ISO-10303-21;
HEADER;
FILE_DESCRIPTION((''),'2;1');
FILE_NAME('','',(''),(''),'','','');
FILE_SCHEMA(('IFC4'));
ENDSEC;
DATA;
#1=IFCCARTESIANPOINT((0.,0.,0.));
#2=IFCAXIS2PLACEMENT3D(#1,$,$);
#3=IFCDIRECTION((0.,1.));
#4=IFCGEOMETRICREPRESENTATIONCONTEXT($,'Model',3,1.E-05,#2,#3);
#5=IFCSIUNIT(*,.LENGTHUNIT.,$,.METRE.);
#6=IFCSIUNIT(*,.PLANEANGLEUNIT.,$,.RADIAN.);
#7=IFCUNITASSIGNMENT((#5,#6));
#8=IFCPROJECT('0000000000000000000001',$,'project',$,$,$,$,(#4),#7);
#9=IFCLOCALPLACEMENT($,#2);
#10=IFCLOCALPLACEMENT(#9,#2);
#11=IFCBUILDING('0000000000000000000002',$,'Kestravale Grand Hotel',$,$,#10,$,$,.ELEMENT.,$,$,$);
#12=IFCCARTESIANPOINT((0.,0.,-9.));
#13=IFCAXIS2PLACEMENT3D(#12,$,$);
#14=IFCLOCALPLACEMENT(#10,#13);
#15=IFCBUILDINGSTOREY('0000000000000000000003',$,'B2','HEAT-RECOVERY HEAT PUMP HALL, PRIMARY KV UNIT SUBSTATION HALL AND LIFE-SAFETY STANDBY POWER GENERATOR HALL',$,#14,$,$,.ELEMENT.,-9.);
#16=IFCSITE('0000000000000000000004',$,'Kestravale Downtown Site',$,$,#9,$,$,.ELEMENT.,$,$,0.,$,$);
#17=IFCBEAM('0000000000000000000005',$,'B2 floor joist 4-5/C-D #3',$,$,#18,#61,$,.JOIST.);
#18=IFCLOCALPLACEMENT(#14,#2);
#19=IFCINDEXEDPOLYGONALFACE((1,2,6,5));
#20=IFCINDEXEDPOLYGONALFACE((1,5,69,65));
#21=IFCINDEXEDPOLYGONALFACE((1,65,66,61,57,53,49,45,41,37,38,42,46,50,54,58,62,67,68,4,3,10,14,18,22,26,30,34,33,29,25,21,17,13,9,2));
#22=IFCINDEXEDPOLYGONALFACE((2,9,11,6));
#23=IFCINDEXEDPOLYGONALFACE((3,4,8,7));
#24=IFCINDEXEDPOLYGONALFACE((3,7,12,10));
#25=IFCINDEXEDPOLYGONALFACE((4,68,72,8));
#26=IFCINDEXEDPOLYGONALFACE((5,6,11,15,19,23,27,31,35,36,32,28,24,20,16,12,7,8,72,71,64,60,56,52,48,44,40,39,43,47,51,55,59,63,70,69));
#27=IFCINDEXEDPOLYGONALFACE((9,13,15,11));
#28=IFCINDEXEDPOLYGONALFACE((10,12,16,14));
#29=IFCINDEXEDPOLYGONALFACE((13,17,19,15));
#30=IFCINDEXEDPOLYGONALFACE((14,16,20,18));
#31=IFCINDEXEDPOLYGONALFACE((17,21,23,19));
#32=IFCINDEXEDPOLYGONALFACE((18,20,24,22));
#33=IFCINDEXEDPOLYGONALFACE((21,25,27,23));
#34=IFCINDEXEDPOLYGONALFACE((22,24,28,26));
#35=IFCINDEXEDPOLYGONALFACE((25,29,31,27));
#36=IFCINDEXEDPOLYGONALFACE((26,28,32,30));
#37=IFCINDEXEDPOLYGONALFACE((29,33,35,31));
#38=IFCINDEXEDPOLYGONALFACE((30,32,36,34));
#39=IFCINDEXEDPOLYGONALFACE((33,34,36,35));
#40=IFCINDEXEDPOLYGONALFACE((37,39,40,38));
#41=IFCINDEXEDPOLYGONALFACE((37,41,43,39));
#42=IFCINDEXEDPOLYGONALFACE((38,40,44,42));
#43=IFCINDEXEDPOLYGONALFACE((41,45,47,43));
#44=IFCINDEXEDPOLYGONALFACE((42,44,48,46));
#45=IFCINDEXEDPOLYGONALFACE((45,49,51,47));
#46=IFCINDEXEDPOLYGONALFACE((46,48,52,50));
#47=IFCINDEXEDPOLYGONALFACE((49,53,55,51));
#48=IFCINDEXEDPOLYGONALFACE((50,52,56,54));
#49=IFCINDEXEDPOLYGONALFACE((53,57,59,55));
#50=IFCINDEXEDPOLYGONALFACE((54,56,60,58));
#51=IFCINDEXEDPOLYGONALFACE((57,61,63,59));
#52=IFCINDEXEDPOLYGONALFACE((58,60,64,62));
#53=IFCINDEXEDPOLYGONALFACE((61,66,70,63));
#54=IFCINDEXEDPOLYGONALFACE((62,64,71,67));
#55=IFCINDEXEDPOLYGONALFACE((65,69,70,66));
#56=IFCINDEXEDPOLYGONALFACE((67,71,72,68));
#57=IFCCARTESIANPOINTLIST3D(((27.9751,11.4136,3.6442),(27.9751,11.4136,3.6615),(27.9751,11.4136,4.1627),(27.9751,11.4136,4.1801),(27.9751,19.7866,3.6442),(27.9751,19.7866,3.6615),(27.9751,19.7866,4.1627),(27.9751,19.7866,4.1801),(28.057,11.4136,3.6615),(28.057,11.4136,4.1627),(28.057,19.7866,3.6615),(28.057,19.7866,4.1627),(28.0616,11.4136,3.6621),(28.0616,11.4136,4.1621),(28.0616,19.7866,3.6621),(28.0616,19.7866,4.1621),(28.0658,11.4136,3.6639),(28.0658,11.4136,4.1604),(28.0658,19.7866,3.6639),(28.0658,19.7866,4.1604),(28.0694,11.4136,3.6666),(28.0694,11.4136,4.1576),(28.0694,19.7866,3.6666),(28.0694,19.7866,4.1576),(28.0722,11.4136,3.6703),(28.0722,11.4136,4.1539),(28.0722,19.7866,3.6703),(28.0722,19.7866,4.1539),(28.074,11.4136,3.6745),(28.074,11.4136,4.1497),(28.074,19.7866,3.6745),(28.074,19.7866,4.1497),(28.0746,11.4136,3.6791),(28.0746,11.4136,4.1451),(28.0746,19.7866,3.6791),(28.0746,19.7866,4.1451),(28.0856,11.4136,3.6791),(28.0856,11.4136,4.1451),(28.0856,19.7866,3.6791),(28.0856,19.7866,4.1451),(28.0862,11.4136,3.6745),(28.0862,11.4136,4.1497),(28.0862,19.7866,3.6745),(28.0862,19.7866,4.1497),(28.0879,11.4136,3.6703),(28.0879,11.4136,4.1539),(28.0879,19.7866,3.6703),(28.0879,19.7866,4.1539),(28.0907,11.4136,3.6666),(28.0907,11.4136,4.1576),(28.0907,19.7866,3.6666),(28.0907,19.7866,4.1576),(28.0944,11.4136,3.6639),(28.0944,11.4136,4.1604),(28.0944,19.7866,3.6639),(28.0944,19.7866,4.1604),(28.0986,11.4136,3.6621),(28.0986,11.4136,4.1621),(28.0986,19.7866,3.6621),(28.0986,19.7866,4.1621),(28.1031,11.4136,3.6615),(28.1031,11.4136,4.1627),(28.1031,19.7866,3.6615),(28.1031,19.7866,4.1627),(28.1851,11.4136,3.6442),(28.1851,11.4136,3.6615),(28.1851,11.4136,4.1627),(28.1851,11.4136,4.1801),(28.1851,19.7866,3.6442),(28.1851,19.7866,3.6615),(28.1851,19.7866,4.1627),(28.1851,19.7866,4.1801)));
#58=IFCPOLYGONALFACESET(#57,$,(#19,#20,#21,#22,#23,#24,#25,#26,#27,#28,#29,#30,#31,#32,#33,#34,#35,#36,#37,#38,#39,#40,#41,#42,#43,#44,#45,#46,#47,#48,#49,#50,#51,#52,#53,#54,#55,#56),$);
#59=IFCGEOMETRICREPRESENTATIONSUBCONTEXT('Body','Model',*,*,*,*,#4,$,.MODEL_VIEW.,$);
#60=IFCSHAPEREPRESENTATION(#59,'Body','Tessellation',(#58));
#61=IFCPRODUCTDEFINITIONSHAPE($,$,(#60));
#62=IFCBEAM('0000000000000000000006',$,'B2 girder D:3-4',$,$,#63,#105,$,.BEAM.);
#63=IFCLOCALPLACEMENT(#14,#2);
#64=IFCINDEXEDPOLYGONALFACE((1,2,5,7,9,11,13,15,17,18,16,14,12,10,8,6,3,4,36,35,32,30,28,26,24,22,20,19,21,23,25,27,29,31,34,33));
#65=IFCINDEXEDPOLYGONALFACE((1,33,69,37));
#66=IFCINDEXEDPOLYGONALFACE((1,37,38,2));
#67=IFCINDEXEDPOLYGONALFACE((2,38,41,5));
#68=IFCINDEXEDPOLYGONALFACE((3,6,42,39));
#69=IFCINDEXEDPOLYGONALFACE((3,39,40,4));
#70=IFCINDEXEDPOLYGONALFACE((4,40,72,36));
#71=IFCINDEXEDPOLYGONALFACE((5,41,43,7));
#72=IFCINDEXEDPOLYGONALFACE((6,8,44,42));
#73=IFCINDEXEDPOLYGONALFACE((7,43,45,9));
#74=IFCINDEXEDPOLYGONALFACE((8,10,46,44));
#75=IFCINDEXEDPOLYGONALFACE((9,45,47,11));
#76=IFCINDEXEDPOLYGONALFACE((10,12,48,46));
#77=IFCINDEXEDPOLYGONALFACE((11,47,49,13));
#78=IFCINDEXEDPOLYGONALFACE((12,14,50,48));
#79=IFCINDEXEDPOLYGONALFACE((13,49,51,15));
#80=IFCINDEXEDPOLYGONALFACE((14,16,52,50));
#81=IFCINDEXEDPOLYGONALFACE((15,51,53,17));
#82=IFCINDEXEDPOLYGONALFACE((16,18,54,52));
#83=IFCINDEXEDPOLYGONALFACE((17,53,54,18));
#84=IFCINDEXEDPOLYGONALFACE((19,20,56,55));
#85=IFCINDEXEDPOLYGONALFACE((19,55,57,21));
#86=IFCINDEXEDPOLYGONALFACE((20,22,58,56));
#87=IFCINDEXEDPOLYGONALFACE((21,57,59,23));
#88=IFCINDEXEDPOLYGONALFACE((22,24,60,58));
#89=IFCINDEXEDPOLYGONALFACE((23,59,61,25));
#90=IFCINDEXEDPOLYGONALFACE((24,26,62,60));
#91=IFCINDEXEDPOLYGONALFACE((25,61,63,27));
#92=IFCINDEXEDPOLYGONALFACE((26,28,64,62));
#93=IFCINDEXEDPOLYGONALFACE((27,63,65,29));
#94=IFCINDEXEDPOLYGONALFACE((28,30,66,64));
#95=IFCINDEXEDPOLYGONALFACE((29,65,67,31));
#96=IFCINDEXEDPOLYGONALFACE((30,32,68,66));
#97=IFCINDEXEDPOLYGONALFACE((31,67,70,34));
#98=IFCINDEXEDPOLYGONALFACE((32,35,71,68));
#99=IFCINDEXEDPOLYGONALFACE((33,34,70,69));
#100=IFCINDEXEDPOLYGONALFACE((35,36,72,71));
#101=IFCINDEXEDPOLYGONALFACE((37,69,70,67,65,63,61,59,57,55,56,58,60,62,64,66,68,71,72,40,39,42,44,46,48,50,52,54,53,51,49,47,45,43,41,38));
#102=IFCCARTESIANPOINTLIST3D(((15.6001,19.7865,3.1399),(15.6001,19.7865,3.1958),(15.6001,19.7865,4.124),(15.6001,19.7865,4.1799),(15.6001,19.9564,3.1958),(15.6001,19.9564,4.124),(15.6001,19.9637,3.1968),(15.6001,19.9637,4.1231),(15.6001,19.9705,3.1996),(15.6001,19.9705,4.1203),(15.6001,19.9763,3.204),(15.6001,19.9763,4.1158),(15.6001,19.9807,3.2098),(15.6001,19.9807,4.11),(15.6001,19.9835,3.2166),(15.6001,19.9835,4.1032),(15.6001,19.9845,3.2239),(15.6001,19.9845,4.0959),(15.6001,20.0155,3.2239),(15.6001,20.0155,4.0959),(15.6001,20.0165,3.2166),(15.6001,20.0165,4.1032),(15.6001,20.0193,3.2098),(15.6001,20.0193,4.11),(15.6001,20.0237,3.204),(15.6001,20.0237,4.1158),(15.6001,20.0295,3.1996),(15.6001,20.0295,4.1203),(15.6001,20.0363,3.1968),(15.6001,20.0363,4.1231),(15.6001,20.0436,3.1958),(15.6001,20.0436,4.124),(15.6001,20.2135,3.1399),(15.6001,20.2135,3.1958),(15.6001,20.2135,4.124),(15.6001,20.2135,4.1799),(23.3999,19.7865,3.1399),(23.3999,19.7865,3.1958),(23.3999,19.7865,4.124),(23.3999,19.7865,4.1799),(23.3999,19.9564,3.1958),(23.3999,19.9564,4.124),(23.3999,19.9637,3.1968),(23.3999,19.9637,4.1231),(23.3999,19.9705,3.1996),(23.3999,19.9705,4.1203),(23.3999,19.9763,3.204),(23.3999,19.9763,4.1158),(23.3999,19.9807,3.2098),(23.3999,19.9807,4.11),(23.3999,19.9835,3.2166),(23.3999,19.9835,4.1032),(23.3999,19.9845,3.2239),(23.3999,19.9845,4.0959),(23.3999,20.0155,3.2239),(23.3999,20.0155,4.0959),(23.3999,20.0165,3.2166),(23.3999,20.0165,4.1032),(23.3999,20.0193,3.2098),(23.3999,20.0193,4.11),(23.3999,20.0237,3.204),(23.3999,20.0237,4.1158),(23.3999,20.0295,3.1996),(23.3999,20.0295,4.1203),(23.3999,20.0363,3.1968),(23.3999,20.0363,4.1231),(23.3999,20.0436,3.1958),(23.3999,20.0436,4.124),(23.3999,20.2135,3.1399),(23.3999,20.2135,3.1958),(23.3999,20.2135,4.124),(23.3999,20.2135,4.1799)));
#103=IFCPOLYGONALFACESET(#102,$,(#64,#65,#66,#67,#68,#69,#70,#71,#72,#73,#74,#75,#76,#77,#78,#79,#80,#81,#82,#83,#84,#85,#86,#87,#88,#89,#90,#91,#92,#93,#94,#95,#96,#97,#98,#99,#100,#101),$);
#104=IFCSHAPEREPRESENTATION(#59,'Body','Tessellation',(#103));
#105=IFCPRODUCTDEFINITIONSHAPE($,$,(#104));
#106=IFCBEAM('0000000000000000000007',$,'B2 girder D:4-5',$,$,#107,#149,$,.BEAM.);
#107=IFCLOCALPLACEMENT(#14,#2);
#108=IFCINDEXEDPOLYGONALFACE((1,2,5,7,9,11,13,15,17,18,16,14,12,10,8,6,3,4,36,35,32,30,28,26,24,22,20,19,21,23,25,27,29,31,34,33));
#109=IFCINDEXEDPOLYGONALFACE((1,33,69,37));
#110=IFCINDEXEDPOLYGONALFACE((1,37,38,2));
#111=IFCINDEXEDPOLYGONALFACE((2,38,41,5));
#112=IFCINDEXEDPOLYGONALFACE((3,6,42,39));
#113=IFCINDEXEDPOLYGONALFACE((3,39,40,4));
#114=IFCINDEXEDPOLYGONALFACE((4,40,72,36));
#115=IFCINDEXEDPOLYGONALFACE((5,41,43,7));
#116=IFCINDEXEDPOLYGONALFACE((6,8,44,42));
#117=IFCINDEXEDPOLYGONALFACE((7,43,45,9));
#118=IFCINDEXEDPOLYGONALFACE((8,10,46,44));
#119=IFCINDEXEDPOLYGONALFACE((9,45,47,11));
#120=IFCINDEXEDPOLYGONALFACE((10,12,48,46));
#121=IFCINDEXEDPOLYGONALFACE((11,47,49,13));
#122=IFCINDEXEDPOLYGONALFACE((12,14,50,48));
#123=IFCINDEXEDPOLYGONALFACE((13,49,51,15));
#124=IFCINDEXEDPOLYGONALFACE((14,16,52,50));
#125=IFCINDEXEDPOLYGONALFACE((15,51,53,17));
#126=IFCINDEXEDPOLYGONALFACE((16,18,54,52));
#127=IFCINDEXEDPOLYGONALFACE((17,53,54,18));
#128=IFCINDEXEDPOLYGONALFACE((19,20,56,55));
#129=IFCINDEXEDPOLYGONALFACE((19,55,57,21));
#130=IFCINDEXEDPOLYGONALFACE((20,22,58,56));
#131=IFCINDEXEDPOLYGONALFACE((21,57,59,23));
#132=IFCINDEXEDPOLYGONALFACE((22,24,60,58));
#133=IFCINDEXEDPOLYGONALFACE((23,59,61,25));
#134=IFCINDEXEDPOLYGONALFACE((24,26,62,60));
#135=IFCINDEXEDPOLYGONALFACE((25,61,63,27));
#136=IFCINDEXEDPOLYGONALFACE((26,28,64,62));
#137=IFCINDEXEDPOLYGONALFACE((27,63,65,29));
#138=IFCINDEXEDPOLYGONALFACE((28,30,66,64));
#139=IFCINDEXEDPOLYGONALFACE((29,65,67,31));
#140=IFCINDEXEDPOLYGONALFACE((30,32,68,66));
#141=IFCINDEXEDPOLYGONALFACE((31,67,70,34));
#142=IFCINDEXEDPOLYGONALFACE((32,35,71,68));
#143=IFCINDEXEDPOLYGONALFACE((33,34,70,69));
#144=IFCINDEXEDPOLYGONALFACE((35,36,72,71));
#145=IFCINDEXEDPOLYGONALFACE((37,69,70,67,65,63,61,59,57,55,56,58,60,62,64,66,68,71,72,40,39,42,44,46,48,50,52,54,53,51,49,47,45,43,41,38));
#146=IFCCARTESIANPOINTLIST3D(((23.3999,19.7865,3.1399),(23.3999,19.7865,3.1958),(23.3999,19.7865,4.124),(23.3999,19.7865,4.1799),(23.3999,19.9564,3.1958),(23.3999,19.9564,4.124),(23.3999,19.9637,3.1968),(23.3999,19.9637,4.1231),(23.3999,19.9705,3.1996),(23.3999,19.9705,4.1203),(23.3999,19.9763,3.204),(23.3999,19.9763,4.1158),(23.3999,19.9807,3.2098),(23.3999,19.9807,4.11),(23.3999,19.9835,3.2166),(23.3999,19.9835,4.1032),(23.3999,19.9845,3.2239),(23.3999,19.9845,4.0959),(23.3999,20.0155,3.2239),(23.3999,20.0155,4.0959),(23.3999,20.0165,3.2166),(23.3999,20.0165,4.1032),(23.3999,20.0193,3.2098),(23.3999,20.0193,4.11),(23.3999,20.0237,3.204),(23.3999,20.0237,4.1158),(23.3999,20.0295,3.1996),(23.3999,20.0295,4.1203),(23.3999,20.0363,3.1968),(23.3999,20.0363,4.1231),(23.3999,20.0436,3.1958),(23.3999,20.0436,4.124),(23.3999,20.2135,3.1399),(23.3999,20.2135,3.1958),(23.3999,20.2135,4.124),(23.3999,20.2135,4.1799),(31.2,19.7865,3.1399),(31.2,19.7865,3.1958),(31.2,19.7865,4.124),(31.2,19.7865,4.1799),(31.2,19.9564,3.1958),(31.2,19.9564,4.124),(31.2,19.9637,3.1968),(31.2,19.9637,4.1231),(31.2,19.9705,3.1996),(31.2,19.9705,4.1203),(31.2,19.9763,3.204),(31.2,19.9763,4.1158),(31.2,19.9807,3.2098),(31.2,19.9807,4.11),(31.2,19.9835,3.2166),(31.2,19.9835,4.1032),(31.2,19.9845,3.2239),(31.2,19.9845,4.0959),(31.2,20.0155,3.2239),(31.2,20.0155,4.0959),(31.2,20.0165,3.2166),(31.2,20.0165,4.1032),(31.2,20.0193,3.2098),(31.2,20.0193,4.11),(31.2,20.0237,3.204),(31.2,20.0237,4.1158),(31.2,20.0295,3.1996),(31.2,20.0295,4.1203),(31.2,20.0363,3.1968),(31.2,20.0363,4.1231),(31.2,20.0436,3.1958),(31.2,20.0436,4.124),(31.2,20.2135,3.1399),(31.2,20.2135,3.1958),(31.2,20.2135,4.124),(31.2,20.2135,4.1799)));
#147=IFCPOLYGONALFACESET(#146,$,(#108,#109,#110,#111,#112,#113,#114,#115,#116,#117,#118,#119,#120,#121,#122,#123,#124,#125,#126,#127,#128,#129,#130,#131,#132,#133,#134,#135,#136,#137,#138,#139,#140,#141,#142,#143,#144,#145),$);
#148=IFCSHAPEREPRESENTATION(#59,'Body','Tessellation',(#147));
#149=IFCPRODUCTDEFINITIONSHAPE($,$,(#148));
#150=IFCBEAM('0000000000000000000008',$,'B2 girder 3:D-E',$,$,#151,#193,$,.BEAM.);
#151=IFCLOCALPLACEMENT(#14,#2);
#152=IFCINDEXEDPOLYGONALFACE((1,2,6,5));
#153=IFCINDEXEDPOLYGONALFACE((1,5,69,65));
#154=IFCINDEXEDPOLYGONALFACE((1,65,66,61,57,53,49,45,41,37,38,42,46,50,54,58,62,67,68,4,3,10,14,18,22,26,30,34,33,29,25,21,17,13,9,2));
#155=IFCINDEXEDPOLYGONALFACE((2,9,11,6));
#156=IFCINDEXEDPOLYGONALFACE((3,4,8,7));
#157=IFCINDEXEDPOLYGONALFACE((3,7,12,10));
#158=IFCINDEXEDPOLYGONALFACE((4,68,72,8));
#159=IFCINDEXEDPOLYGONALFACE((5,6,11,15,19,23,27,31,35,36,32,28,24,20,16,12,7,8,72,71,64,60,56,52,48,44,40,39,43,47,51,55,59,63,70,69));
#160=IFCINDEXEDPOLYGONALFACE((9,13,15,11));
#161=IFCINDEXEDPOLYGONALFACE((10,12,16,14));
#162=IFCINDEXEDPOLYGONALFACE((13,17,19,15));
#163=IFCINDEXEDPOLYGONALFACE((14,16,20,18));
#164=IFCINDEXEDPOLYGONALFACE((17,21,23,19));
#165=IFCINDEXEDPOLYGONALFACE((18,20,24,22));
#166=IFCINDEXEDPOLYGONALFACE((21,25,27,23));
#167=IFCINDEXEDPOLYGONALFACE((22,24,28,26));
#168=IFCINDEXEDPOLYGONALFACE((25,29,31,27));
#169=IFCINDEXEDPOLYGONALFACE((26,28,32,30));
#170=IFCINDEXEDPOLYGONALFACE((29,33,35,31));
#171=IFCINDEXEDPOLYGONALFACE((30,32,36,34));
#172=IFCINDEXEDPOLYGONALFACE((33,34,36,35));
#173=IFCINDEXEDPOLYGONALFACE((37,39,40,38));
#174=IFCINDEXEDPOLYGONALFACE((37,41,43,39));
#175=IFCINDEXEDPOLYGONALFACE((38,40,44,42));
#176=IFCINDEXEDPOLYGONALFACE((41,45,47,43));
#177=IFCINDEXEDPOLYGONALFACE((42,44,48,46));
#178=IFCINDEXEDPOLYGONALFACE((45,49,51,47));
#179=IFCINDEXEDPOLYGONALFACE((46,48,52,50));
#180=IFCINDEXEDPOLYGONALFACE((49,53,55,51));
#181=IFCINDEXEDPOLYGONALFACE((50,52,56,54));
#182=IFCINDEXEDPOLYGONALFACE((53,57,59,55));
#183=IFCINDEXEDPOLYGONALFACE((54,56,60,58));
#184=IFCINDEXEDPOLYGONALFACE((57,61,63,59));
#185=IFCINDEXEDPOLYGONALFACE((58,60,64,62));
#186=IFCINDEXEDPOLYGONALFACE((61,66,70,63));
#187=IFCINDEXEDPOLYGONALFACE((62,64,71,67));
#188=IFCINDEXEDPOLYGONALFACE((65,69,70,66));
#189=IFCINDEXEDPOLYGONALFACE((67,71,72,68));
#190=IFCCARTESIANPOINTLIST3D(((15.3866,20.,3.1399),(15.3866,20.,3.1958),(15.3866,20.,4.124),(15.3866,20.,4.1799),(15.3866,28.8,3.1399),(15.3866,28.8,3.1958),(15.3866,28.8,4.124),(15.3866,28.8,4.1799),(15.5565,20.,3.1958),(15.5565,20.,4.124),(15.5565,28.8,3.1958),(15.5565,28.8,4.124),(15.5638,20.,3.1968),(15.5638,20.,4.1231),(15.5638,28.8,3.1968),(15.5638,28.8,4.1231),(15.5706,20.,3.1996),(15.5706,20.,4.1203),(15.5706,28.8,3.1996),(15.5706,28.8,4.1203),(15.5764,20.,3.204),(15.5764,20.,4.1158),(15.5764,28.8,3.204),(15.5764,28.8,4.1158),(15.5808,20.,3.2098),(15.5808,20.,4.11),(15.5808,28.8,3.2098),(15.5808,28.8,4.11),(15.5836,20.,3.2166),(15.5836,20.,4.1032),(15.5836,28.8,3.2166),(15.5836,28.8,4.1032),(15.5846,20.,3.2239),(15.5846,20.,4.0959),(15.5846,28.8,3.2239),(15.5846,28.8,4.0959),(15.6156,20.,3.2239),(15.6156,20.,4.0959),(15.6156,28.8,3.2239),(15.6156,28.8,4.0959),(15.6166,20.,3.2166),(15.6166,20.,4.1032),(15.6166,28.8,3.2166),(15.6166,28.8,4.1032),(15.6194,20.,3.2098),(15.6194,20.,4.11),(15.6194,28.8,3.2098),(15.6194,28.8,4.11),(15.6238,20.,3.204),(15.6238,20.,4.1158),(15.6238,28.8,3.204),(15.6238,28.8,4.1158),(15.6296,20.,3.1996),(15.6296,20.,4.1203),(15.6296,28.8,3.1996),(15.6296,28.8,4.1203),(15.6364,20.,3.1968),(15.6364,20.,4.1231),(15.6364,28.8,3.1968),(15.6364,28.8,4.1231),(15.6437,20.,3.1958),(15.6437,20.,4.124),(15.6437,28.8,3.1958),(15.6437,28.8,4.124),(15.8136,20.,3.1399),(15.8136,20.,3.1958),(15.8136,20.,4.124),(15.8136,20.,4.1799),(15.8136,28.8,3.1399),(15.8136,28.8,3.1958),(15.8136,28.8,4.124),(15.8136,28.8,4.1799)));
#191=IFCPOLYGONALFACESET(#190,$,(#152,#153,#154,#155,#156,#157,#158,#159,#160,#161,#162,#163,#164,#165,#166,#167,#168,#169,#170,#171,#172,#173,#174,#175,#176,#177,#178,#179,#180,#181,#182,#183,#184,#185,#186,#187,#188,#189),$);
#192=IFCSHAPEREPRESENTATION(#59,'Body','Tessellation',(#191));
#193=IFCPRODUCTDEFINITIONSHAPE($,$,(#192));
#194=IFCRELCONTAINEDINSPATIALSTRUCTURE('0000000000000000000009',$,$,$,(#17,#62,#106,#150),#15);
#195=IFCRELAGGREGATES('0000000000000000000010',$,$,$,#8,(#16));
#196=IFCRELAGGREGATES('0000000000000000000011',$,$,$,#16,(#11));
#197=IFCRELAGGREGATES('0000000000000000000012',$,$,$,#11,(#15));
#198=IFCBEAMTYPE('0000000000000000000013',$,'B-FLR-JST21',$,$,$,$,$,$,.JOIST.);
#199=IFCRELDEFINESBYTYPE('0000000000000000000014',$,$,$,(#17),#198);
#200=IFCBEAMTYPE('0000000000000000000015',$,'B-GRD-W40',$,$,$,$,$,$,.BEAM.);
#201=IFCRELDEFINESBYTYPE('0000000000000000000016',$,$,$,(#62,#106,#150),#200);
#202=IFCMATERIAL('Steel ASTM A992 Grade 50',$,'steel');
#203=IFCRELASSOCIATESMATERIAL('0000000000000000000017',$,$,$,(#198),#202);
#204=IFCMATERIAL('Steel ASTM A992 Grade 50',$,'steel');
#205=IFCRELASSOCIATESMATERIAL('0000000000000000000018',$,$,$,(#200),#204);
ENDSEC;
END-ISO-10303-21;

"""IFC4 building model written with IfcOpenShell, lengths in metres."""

from ifc_helpers import new_model, si_unit, direction, frame, origin, origin_2d, place, context, subcontext, project, spatial, i_section, extrude, material, material_profile, profile_set, type_object, element, save


model = new_model("IFC4")

# Units and contexts
model_context = context("Model", 3, precision=1e-05, world=origin(), true_north=direction((0.0, 1.0)))
body_context = subcontext(model_context, "Body", "Model", "MODEL_VIEW")
ifc_project = project(units=[si_unit("LENGTHUNIT", "METRE"), si_unit("PLANEANGLEUNIT", "RADIAN")], contexts=[model_context])

# Site, building, storey
site_placement = place(None, origin())
site = spatial("IfcSite", under=ifc_project, at=site_placement, Name="Kestravale Downtown Site", CompositionType="ELEMENT", RefElevation=0.0)
building_placement = place(site_placement, origin())
building = spatial("IfcBuilding", under=site, at=building_placement, Name="Kestravale Grand Hotel", CompositionType="ELEMENT")
storey_placement = place(building_placement, frame((0.0, 0.0, -9.0)))
storey = spatial("IfcBuildingStorey", under=building, at=storey_placement, Name="B2", Description="HEAT-RECOVERY HEAT PUMP HALL, PRIMARY KV UNIT SUBSTATION HALL AND LIFE-SAFETY STANDBY POWER GENERATOR HALL", CompositionType="ELEMENT", Elevation=-9.0)

# Beams
ifc_material_1 = material(Name="Steel ASTM A992 Grade 50", Category="steel")
ifc_material_profile_1 = material_profile(ifc_material_1, i_section(OverallWidth=0.21, OverallDepth=0.5359, WebThickness=0.011, FlangeThickness=0.0173, FilletRadius=0.0176, at=origin_2d()))
ifc_profile_set_1 = profile_set([ifc_material_profile_1], Name="Steel ASTM A992 Grade 50")
beam_type_1 = type_object("IfcBeamType", Name="B-FLR-JST21", PredefinedType="JOIST", material=ifc_profile_set_1)
for number, where, z_axis, x_axis, name in (
    (1, (28.0801, 11.4136, 3.9121), (0.0, 1.0, 0.0), (-1.0, 0.0, 0.0), "B2 floor joist 4-5/C-D #3"),
):
    element("IfcBeam", number, at=place(storey_placement, frame(where, z_axis=z_axis, x_axis=x_axis)), inside=storey, type_object=beam_type_1, Name=name, PredefinedType="JOIST", context=body_context, shape_type="SweptSolid", body=[
        extrude(i_section(OverallWidth=0.21, OverallDepth=0.5359, WebThickness=0.011, FlangeThickness=0.0173, FilletRadius=0.0176, at=origin_2d()), origin(), (0.0, 0.0, 1.0), 8.373),
    ])
ifc_material_2 = material(Name="Steel ASTM A992 Grade 50", Category="steel")
ifc_material_profile_2 = material_profile(ifc_material_2, i_section(OverallWidth=0.427, OverallDepth=1.04, WebThickness=0.031, FlangeThickness=0.0559, FilletRadius=0.0281, at=origin_2d()))
ifc_profile_set_2 = profile_set([ifc_material_profile_2], Name="Steel ASTM A992 Grade 50")
beam_type_2 = type_object("IfcBeamType", Name="B-GRD-W40", PredefinedType="BEAM", material=ifc_profile_set_2)
beam_1_placement = place(storey_placement, frame((15.6001, 20.0, 3.6599), z_axis=(1.0, 0.0, 0.0), x_axis=(0.0, 1.0, 0.0)))
element("IfcBeam", 2, at=beam_1_placement, inside=storey, type_object=beam_type_2, Name="B2 girder D:3-4", PredefinedType="BEAM", context=body_context, shape_type="SweptSolid", body=[
    extrude(i_section(OverallWidth=0.427, OverallDepth=1.04, WebThickness=0.031, FlangeThickness=0.0559, FilletRadius=0.0281, at=origin_2d()), origin(), (0.0, 0.0, 1.0), 7.7998),
])
beam_2_placement = place(storey_placement, frame((23.3999, 20.0, 3.6599), z_axis=(1.0, 0.0, 0.0), x_axis=(0.0, 1.0, 0.0)))
element("IfcBeam", 3, at=beam_2_placement, inside=storey, type_object=beam_type_2, Name="B2 girder D:4-5", PredefinedType="BEAM", context=body_context, shape_type="SweptSolid", body=[
    extrude(i_section(OverallWidth=0.427, OverallDepth=1.04, WebThickness=0.031, FlangeThickness=0.0559, FilletRadius=0.0281, at=origin_2d()), origin(), (0.0, 0.0, 1.0), 7.8),
])
beam_3_placement = place(storey_placement, frame((15.6001, 20.0, 3.6599), z_axis=(0.0, 1.0, 0.0), x_axis=(-1.0, 0.0, 0.0)))
element("IfcBeam", 4, at=beam_3_placement, inside=storey, type_object=beam_type_2, Name="B2 girder 3:D-E", PredefinedType="BEAM", context=body_context, shape_type="SweptSolid", body=[
    extrude(i_section(OverallWidth=0.427, OverallDepth=1.04, WebThickness=0.031, FlangeThickness=0.0559, FilletRadius=0.0281, at=origin_2d()), origin(), (0.0, 0.0, 1.0), 8.8),
])

save(model, "model.ifc")
